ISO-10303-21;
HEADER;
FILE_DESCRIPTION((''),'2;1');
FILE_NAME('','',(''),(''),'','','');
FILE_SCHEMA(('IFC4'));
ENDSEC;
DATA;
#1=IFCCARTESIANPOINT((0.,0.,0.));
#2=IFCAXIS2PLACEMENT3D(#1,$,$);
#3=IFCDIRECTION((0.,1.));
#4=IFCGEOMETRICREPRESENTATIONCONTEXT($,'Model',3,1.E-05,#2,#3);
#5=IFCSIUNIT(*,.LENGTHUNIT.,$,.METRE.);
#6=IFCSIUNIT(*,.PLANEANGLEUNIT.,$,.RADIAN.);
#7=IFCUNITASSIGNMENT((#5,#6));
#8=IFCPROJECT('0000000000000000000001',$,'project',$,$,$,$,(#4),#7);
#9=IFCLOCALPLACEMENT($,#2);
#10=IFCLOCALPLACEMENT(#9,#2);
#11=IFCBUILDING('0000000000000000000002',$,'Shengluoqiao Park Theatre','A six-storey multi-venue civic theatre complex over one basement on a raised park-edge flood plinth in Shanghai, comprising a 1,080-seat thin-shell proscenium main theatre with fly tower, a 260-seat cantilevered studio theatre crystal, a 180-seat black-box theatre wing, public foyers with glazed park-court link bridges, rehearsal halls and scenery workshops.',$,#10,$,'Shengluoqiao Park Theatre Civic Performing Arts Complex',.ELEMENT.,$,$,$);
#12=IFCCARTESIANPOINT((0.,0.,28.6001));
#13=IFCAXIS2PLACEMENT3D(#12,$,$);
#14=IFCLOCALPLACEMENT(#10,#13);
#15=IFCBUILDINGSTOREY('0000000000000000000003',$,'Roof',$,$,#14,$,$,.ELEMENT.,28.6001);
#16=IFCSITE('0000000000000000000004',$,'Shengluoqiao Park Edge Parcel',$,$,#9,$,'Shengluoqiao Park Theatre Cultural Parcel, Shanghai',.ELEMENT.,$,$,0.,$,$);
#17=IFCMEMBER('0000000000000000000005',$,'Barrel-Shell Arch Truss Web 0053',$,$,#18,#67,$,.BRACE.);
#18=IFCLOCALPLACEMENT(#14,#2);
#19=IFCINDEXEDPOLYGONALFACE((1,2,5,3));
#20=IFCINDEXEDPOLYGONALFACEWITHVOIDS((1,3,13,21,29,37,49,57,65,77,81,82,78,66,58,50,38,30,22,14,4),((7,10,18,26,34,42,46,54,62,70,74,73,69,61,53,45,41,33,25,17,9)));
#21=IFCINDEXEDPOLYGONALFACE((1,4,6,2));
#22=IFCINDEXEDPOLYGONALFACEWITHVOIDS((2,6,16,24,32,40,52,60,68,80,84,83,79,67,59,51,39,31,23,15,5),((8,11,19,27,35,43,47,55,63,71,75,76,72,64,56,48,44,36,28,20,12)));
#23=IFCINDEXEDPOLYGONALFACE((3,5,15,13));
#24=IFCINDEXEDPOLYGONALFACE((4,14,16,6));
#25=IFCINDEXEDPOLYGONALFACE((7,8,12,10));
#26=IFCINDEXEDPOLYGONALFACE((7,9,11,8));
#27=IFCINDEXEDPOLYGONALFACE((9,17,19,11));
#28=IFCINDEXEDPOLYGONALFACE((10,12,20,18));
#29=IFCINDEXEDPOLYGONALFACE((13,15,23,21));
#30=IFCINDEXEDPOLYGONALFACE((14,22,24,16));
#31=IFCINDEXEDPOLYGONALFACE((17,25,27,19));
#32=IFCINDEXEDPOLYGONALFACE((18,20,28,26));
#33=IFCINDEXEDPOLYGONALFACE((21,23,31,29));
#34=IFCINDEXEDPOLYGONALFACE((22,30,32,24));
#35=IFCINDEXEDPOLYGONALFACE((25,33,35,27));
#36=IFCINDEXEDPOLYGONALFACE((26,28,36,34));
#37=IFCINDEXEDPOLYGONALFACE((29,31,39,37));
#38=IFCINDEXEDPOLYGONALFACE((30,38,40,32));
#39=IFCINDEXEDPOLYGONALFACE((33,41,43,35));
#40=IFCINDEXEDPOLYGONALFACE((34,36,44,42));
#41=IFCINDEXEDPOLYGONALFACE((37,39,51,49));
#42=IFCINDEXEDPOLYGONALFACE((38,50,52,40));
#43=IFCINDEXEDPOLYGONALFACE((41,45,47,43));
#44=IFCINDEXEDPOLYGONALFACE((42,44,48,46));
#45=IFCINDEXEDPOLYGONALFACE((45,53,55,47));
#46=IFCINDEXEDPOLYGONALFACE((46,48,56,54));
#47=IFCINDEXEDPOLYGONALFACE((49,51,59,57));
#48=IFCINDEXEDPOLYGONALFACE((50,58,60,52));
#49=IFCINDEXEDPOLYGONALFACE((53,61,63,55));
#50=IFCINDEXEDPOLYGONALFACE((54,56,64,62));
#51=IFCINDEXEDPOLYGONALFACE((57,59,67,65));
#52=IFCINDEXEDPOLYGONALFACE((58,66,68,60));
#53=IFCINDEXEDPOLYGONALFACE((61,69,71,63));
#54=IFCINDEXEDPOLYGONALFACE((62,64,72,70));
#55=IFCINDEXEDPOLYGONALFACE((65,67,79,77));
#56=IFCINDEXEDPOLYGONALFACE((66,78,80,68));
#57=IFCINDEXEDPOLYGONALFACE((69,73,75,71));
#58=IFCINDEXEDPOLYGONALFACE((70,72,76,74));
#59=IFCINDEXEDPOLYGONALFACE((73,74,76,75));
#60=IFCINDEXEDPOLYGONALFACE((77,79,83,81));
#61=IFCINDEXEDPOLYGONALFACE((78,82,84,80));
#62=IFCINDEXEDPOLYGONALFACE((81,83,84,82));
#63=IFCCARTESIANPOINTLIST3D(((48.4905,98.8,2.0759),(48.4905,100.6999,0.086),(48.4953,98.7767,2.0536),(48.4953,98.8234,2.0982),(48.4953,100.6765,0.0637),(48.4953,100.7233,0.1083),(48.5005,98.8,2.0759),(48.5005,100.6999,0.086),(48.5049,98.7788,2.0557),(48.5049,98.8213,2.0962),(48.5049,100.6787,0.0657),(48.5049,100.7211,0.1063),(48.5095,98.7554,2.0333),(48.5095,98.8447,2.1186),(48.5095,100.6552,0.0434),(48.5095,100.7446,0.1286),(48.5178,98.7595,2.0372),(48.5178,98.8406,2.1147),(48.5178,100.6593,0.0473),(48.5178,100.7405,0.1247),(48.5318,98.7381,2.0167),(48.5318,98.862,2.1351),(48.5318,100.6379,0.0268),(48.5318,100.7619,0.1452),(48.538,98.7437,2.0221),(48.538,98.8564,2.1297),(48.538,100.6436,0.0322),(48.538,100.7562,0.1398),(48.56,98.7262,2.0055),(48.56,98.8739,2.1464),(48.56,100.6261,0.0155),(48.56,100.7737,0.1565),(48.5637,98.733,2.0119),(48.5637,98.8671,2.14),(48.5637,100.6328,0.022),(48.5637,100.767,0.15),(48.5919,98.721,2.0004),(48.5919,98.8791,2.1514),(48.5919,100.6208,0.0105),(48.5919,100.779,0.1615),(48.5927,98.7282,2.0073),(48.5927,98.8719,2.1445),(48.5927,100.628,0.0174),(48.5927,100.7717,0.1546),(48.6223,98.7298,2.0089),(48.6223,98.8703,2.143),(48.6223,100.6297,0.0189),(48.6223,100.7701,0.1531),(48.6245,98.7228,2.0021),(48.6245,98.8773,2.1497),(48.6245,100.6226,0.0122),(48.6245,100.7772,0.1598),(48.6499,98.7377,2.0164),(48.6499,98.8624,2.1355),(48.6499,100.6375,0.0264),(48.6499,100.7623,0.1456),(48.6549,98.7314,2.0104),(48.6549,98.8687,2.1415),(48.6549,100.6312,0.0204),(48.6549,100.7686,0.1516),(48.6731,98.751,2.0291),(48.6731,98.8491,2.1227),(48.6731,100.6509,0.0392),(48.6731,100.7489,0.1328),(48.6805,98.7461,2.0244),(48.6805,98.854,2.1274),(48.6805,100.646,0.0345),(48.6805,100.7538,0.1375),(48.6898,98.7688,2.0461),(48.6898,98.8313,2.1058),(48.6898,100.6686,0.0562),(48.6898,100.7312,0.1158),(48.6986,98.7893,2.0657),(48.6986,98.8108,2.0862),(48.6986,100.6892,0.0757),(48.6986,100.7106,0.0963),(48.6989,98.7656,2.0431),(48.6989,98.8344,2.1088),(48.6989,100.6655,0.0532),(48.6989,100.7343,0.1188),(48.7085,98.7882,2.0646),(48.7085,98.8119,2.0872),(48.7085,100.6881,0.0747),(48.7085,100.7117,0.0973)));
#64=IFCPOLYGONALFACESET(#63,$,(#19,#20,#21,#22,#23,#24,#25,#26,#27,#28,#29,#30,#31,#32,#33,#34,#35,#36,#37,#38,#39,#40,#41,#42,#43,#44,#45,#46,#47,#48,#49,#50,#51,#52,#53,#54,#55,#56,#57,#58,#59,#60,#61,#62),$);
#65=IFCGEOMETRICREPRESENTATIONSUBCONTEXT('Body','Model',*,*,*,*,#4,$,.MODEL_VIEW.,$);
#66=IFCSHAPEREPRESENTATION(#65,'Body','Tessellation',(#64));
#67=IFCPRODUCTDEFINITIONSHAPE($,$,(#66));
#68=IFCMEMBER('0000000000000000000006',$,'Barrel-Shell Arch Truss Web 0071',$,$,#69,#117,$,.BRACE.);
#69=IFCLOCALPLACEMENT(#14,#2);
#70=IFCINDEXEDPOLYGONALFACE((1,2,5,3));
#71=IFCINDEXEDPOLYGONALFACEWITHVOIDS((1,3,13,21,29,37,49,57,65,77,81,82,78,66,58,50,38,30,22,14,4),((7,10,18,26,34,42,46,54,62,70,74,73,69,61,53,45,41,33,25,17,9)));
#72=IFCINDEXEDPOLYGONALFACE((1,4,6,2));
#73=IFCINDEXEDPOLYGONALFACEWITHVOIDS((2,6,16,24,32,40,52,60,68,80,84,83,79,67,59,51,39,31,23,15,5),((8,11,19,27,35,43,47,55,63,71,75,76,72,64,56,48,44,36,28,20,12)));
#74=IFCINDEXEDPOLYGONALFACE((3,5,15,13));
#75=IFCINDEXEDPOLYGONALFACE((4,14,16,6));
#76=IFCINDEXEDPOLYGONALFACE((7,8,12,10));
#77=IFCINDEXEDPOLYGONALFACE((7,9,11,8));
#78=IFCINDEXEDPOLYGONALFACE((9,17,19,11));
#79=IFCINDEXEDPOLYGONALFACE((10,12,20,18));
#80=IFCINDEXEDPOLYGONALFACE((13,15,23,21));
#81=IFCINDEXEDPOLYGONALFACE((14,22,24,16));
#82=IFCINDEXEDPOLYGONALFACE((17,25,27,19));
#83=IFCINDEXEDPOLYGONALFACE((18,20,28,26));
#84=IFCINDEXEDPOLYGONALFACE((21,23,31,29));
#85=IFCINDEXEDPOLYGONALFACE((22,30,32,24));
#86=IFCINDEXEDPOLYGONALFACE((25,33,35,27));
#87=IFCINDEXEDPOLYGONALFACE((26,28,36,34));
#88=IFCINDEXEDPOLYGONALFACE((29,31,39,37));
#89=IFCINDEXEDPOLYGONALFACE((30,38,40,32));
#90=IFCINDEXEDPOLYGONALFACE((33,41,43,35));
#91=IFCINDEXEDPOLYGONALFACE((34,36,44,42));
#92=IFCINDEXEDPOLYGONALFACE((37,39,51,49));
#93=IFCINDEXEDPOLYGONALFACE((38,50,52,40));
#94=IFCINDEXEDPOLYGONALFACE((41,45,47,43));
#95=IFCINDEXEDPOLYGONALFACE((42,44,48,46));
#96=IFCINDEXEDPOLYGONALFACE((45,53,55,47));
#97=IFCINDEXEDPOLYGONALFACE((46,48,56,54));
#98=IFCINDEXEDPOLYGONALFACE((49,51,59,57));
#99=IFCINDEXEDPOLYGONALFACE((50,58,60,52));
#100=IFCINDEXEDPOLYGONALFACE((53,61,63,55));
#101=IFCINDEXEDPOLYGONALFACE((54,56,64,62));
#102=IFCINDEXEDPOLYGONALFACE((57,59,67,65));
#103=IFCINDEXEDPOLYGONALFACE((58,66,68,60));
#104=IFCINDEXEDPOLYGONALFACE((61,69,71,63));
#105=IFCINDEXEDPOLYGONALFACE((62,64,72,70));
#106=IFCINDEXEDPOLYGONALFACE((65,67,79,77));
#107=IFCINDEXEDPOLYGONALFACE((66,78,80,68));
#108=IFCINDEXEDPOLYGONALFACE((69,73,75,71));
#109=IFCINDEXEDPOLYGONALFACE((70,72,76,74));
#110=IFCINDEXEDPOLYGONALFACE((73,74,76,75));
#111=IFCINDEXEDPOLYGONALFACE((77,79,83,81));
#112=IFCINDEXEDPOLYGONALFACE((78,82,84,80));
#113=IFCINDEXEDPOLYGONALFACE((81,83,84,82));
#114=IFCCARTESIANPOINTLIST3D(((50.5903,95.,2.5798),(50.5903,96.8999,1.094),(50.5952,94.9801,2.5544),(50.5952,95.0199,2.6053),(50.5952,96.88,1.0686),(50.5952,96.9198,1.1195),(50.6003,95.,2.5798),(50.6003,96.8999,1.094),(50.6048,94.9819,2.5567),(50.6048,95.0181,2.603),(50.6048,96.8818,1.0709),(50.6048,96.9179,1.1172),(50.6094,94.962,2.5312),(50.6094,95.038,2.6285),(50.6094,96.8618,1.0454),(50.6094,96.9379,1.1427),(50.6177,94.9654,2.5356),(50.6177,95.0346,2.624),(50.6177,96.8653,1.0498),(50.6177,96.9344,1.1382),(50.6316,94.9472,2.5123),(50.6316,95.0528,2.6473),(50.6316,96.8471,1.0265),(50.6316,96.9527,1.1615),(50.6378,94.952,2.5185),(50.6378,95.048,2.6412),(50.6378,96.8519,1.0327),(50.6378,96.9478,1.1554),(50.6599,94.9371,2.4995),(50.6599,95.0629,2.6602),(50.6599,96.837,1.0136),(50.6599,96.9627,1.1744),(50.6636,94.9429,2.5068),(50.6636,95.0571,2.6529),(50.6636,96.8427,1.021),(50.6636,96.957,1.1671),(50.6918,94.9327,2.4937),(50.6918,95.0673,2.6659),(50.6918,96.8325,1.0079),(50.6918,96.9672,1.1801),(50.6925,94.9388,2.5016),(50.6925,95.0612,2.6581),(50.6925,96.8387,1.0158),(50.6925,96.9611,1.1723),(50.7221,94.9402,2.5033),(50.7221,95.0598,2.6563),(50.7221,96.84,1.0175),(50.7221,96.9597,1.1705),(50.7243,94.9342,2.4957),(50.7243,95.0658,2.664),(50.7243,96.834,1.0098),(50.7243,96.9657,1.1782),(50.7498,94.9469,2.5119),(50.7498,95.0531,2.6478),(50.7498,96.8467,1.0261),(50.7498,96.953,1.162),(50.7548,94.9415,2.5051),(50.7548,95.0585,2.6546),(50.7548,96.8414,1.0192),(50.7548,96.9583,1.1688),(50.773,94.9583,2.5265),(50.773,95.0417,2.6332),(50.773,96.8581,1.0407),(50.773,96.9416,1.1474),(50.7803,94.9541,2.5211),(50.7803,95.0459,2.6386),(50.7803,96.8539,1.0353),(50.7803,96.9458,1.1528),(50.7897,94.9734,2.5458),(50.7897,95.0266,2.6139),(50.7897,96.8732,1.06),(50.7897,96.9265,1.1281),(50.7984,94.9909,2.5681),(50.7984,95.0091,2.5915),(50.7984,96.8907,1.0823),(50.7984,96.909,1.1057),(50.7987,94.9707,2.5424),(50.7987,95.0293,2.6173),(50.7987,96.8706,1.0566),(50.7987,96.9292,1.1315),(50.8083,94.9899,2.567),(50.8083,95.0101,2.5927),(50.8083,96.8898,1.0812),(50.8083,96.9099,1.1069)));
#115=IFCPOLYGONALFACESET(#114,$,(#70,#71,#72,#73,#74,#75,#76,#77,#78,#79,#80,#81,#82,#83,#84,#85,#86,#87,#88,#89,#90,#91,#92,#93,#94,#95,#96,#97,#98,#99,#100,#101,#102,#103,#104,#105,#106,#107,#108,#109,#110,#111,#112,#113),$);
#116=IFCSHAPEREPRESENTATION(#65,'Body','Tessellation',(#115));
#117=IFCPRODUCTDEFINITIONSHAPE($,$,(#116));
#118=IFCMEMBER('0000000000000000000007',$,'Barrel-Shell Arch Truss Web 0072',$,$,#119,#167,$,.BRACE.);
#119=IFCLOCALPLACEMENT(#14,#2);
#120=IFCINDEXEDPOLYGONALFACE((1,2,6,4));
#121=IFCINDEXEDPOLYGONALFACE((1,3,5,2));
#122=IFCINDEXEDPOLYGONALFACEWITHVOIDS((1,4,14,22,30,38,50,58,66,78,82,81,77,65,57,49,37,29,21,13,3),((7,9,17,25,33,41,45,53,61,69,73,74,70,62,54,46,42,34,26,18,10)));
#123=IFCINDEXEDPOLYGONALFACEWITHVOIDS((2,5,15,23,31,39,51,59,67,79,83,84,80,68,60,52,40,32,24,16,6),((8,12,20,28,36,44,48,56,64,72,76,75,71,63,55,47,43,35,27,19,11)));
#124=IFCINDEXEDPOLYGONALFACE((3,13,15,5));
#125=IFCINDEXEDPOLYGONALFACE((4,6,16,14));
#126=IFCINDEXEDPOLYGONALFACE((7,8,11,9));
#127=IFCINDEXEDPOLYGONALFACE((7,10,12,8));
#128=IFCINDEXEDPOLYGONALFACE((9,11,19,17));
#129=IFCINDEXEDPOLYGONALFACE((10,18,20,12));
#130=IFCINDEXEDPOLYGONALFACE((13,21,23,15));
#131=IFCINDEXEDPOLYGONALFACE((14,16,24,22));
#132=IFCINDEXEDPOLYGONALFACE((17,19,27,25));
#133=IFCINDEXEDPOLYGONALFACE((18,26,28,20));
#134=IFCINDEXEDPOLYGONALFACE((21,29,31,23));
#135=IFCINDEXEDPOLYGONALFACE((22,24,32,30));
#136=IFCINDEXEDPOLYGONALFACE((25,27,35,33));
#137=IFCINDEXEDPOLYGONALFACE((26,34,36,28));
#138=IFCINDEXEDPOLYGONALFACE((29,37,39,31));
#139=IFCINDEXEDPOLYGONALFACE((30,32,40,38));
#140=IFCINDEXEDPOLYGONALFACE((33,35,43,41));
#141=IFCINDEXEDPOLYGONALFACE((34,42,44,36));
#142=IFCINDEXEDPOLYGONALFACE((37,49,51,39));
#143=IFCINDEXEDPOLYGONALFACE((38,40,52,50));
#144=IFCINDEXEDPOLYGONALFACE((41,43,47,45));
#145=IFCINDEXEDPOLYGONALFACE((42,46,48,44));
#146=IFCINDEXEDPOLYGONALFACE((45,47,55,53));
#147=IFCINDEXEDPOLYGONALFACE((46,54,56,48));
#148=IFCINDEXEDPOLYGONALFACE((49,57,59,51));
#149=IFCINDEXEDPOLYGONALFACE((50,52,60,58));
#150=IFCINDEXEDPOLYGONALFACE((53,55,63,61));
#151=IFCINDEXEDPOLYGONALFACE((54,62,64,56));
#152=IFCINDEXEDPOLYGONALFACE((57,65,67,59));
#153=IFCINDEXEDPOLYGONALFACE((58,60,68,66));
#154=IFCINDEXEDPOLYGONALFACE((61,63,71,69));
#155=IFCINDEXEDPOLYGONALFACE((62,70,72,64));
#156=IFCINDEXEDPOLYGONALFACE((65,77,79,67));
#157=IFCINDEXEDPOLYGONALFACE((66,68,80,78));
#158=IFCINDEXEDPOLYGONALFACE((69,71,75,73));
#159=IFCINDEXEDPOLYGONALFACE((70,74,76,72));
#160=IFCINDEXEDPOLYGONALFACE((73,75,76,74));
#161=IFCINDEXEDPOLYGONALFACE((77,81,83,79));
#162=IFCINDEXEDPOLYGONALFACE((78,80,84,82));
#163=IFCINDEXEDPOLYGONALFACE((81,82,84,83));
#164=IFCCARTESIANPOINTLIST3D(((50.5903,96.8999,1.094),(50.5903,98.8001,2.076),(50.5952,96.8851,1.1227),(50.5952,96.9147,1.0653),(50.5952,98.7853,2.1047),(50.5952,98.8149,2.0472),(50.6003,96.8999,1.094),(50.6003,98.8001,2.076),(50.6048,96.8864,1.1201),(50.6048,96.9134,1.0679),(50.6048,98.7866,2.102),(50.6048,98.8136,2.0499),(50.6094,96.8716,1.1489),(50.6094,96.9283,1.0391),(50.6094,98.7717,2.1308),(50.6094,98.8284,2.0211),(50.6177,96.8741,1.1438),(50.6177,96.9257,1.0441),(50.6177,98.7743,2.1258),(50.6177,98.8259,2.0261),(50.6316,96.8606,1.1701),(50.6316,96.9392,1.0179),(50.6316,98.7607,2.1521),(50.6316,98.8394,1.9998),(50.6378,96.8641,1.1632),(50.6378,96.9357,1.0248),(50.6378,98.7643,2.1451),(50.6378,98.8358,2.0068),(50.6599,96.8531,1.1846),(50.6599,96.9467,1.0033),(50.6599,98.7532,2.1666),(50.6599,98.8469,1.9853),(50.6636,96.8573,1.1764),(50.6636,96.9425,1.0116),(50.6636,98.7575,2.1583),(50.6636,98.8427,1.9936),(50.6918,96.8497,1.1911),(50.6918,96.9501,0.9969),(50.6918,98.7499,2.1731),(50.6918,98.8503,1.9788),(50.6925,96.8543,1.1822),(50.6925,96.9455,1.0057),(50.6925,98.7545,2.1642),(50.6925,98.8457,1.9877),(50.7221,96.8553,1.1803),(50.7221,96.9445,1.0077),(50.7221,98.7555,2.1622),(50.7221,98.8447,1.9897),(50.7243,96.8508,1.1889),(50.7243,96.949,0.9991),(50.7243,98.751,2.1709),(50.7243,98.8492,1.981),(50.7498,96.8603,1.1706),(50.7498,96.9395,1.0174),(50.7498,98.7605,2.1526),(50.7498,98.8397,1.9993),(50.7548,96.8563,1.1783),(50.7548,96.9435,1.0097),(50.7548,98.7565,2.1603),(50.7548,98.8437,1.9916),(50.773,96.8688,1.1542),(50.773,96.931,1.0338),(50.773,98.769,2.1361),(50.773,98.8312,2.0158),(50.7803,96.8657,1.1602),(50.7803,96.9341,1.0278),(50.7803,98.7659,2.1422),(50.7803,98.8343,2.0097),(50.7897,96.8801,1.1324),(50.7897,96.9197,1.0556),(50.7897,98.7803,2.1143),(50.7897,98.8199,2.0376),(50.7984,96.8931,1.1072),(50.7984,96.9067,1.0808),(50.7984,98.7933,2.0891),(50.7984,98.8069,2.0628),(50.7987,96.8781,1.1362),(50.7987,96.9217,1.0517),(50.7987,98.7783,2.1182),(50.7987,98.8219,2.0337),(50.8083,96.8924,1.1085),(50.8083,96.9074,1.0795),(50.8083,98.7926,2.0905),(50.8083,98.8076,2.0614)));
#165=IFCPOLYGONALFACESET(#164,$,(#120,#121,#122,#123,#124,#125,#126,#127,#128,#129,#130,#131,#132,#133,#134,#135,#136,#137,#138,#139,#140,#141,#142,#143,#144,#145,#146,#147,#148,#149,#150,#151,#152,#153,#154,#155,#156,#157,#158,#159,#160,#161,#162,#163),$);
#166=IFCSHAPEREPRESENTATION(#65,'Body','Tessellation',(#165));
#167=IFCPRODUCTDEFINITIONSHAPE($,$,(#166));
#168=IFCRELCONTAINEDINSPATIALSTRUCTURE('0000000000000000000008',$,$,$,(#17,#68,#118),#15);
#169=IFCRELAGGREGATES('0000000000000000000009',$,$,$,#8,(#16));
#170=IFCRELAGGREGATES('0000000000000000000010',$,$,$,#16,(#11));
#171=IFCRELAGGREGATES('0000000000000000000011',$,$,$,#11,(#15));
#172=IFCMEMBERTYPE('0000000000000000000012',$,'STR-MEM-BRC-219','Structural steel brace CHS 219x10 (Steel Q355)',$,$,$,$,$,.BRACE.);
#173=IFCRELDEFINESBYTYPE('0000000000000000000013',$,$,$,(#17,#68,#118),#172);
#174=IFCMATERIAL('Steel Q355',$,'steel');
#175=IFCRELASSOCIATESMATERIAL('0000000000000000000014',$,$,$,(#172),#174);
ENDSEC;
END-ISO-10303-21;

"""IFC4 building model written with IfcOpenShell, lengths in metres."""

from ifc_helpers import new_model, si_unit, direction, frame, origin, origin_2d, place, context, subcontext, project, spatial, hollow_circle, extrude, material, material_profile, profile_set, type_object, element, save


model = new_model("IFC4")

# Units and contexts
model_context = context("Model", 3, precision=1e-05, world=origin(), true_north=direction((0.0, 1.0)))
body_context = subcontext(model_context, "Body", "Model", "MODEL_VIEW")
ifc_project = project(units=[si_unit("LENGTHUNIT", "METRE"), si_unit("PLANEANGLEUNIT", "RADIAN")], contexts=[model_context])

# Site, building, storey
site_placement = place(None, origin())
site = spatial("IfcSite", under=ifc_project, at=site_placement, Name="Shengluoqiao Park Edge Parcel", LongName="Shengluoqiao Park Theatre Cultural Parcel, Shanghai", CompositionType="ELEMENT", RefElevation=0.0)
building_placement = place(site_placement, origin())
building = spatial("IfcBuilding", under=site, at=building_placement, Name="Shengluoqiao Park Theatre", Description="A six-storey multi-venue civic theatre complex over one basement on a raised park-edge flood plinth in Shanghai, comprising a 1,080-seat thin-shell proscenium main theatre with fly tower, a 260-seat cantilevered studio theatre crystal, a 180-seat black-box theatre wing, public foyers with glazed park-court link bridges, rehearsal halls and scenery workshops.", LongName="Shengluoqiao Park Theatre Civic Performing Arts Complex", CompositionType="ELEMENT")
storey_placement = place(building_placement, frame((0.0, 0.0, 28.6001)))
storey = spatial("IfcBuildingStorey", under=building, at=storey_placement, Name="Roof", CompositionType="ELEMENT", Elevation=28.6001)

# Shared definitions
ifc_material_1 = material(Name="Steel Q355", Category="steel")

# Members
ifc_material_profile_1 = material_profile(ifc_material_1, hollow_circle(Radius=0.1096, WallThickness=0.01, at=origin_2d()), Name="CHS 219x10")
ifc_profile_set_1 = profile_set([ifc_material_profile_1], Name="Steel Q355")
member_type_1 = type_object("IfcMemberType", Name="STR-MEM-BRC-219", Description="Structural steel brace CHS 219x10 (Steel Q355)", PredefinedType="BRACE", material=ifc_profile_set_1)
member_1_placement = place(storey_placement, frame((48.6001, 98.8, 2.0759), z_axis=(0.0, 0.690545, -0.723289), x_axis=(-1.0, 0.0, 0.0)))
element("IfcMember", 1, at=member_1_placement, inside=storey, type_object=member_type_1, Name="Barrel-Shell Arch Truss Web 0053", PredefinedType="BRACE", context=body_context, shape_type="SweptSolid", body=[
    extrude(hollow_circle(Radius=0.1096, WallThickness=0.01, at=origin_2d()), origin(), (0.0, 0.0, 1.0), 2.7512),
])
member_2_placement = place(storey_placement, frame((50.7, 95.0, 2.5798), z_axis=(0.0, 0.787714, -0.616041), x_axis=(-1.0, 0.0, 0.0)))
element("IfcMember", 2, at=member_2_placement, inside=storey, type_object=member_type_1, Name="Barrel-Shell Arch Truss Web 0071", PredefinedType="BRACE", context=body_context, shape_type="SweptSolid", body=[
    extrude(hollow_circle(Radius=0.1096, WallThickness=0.01, at=origin_2d()), origin(), (0.0, 0.0, 1.0), 2.4119),
])
member_3_placement = place(storey_placement, frame((50.7, 96.8999, 1.094), z_axis=(0.0, 0.888389, 0.459091), x_axis=(-1.0, 0.0, 0.0)))
element("IfcMember", 3, at=member_3_placement, inside=storey, type_object=member_type_1, Name="Barrel-Shell Arch Truss Web 0072", PredefinedType="BRACE", context=body_context, shape_type="SweptSolid", body=[
    extrude(hollow_circle(Radius=0.1096, WallThickness=0.01, at=origin_2d()), origin(), (0.0, 0.0, 1.0), 2.1389),
])

save(model, "model.ifc")
